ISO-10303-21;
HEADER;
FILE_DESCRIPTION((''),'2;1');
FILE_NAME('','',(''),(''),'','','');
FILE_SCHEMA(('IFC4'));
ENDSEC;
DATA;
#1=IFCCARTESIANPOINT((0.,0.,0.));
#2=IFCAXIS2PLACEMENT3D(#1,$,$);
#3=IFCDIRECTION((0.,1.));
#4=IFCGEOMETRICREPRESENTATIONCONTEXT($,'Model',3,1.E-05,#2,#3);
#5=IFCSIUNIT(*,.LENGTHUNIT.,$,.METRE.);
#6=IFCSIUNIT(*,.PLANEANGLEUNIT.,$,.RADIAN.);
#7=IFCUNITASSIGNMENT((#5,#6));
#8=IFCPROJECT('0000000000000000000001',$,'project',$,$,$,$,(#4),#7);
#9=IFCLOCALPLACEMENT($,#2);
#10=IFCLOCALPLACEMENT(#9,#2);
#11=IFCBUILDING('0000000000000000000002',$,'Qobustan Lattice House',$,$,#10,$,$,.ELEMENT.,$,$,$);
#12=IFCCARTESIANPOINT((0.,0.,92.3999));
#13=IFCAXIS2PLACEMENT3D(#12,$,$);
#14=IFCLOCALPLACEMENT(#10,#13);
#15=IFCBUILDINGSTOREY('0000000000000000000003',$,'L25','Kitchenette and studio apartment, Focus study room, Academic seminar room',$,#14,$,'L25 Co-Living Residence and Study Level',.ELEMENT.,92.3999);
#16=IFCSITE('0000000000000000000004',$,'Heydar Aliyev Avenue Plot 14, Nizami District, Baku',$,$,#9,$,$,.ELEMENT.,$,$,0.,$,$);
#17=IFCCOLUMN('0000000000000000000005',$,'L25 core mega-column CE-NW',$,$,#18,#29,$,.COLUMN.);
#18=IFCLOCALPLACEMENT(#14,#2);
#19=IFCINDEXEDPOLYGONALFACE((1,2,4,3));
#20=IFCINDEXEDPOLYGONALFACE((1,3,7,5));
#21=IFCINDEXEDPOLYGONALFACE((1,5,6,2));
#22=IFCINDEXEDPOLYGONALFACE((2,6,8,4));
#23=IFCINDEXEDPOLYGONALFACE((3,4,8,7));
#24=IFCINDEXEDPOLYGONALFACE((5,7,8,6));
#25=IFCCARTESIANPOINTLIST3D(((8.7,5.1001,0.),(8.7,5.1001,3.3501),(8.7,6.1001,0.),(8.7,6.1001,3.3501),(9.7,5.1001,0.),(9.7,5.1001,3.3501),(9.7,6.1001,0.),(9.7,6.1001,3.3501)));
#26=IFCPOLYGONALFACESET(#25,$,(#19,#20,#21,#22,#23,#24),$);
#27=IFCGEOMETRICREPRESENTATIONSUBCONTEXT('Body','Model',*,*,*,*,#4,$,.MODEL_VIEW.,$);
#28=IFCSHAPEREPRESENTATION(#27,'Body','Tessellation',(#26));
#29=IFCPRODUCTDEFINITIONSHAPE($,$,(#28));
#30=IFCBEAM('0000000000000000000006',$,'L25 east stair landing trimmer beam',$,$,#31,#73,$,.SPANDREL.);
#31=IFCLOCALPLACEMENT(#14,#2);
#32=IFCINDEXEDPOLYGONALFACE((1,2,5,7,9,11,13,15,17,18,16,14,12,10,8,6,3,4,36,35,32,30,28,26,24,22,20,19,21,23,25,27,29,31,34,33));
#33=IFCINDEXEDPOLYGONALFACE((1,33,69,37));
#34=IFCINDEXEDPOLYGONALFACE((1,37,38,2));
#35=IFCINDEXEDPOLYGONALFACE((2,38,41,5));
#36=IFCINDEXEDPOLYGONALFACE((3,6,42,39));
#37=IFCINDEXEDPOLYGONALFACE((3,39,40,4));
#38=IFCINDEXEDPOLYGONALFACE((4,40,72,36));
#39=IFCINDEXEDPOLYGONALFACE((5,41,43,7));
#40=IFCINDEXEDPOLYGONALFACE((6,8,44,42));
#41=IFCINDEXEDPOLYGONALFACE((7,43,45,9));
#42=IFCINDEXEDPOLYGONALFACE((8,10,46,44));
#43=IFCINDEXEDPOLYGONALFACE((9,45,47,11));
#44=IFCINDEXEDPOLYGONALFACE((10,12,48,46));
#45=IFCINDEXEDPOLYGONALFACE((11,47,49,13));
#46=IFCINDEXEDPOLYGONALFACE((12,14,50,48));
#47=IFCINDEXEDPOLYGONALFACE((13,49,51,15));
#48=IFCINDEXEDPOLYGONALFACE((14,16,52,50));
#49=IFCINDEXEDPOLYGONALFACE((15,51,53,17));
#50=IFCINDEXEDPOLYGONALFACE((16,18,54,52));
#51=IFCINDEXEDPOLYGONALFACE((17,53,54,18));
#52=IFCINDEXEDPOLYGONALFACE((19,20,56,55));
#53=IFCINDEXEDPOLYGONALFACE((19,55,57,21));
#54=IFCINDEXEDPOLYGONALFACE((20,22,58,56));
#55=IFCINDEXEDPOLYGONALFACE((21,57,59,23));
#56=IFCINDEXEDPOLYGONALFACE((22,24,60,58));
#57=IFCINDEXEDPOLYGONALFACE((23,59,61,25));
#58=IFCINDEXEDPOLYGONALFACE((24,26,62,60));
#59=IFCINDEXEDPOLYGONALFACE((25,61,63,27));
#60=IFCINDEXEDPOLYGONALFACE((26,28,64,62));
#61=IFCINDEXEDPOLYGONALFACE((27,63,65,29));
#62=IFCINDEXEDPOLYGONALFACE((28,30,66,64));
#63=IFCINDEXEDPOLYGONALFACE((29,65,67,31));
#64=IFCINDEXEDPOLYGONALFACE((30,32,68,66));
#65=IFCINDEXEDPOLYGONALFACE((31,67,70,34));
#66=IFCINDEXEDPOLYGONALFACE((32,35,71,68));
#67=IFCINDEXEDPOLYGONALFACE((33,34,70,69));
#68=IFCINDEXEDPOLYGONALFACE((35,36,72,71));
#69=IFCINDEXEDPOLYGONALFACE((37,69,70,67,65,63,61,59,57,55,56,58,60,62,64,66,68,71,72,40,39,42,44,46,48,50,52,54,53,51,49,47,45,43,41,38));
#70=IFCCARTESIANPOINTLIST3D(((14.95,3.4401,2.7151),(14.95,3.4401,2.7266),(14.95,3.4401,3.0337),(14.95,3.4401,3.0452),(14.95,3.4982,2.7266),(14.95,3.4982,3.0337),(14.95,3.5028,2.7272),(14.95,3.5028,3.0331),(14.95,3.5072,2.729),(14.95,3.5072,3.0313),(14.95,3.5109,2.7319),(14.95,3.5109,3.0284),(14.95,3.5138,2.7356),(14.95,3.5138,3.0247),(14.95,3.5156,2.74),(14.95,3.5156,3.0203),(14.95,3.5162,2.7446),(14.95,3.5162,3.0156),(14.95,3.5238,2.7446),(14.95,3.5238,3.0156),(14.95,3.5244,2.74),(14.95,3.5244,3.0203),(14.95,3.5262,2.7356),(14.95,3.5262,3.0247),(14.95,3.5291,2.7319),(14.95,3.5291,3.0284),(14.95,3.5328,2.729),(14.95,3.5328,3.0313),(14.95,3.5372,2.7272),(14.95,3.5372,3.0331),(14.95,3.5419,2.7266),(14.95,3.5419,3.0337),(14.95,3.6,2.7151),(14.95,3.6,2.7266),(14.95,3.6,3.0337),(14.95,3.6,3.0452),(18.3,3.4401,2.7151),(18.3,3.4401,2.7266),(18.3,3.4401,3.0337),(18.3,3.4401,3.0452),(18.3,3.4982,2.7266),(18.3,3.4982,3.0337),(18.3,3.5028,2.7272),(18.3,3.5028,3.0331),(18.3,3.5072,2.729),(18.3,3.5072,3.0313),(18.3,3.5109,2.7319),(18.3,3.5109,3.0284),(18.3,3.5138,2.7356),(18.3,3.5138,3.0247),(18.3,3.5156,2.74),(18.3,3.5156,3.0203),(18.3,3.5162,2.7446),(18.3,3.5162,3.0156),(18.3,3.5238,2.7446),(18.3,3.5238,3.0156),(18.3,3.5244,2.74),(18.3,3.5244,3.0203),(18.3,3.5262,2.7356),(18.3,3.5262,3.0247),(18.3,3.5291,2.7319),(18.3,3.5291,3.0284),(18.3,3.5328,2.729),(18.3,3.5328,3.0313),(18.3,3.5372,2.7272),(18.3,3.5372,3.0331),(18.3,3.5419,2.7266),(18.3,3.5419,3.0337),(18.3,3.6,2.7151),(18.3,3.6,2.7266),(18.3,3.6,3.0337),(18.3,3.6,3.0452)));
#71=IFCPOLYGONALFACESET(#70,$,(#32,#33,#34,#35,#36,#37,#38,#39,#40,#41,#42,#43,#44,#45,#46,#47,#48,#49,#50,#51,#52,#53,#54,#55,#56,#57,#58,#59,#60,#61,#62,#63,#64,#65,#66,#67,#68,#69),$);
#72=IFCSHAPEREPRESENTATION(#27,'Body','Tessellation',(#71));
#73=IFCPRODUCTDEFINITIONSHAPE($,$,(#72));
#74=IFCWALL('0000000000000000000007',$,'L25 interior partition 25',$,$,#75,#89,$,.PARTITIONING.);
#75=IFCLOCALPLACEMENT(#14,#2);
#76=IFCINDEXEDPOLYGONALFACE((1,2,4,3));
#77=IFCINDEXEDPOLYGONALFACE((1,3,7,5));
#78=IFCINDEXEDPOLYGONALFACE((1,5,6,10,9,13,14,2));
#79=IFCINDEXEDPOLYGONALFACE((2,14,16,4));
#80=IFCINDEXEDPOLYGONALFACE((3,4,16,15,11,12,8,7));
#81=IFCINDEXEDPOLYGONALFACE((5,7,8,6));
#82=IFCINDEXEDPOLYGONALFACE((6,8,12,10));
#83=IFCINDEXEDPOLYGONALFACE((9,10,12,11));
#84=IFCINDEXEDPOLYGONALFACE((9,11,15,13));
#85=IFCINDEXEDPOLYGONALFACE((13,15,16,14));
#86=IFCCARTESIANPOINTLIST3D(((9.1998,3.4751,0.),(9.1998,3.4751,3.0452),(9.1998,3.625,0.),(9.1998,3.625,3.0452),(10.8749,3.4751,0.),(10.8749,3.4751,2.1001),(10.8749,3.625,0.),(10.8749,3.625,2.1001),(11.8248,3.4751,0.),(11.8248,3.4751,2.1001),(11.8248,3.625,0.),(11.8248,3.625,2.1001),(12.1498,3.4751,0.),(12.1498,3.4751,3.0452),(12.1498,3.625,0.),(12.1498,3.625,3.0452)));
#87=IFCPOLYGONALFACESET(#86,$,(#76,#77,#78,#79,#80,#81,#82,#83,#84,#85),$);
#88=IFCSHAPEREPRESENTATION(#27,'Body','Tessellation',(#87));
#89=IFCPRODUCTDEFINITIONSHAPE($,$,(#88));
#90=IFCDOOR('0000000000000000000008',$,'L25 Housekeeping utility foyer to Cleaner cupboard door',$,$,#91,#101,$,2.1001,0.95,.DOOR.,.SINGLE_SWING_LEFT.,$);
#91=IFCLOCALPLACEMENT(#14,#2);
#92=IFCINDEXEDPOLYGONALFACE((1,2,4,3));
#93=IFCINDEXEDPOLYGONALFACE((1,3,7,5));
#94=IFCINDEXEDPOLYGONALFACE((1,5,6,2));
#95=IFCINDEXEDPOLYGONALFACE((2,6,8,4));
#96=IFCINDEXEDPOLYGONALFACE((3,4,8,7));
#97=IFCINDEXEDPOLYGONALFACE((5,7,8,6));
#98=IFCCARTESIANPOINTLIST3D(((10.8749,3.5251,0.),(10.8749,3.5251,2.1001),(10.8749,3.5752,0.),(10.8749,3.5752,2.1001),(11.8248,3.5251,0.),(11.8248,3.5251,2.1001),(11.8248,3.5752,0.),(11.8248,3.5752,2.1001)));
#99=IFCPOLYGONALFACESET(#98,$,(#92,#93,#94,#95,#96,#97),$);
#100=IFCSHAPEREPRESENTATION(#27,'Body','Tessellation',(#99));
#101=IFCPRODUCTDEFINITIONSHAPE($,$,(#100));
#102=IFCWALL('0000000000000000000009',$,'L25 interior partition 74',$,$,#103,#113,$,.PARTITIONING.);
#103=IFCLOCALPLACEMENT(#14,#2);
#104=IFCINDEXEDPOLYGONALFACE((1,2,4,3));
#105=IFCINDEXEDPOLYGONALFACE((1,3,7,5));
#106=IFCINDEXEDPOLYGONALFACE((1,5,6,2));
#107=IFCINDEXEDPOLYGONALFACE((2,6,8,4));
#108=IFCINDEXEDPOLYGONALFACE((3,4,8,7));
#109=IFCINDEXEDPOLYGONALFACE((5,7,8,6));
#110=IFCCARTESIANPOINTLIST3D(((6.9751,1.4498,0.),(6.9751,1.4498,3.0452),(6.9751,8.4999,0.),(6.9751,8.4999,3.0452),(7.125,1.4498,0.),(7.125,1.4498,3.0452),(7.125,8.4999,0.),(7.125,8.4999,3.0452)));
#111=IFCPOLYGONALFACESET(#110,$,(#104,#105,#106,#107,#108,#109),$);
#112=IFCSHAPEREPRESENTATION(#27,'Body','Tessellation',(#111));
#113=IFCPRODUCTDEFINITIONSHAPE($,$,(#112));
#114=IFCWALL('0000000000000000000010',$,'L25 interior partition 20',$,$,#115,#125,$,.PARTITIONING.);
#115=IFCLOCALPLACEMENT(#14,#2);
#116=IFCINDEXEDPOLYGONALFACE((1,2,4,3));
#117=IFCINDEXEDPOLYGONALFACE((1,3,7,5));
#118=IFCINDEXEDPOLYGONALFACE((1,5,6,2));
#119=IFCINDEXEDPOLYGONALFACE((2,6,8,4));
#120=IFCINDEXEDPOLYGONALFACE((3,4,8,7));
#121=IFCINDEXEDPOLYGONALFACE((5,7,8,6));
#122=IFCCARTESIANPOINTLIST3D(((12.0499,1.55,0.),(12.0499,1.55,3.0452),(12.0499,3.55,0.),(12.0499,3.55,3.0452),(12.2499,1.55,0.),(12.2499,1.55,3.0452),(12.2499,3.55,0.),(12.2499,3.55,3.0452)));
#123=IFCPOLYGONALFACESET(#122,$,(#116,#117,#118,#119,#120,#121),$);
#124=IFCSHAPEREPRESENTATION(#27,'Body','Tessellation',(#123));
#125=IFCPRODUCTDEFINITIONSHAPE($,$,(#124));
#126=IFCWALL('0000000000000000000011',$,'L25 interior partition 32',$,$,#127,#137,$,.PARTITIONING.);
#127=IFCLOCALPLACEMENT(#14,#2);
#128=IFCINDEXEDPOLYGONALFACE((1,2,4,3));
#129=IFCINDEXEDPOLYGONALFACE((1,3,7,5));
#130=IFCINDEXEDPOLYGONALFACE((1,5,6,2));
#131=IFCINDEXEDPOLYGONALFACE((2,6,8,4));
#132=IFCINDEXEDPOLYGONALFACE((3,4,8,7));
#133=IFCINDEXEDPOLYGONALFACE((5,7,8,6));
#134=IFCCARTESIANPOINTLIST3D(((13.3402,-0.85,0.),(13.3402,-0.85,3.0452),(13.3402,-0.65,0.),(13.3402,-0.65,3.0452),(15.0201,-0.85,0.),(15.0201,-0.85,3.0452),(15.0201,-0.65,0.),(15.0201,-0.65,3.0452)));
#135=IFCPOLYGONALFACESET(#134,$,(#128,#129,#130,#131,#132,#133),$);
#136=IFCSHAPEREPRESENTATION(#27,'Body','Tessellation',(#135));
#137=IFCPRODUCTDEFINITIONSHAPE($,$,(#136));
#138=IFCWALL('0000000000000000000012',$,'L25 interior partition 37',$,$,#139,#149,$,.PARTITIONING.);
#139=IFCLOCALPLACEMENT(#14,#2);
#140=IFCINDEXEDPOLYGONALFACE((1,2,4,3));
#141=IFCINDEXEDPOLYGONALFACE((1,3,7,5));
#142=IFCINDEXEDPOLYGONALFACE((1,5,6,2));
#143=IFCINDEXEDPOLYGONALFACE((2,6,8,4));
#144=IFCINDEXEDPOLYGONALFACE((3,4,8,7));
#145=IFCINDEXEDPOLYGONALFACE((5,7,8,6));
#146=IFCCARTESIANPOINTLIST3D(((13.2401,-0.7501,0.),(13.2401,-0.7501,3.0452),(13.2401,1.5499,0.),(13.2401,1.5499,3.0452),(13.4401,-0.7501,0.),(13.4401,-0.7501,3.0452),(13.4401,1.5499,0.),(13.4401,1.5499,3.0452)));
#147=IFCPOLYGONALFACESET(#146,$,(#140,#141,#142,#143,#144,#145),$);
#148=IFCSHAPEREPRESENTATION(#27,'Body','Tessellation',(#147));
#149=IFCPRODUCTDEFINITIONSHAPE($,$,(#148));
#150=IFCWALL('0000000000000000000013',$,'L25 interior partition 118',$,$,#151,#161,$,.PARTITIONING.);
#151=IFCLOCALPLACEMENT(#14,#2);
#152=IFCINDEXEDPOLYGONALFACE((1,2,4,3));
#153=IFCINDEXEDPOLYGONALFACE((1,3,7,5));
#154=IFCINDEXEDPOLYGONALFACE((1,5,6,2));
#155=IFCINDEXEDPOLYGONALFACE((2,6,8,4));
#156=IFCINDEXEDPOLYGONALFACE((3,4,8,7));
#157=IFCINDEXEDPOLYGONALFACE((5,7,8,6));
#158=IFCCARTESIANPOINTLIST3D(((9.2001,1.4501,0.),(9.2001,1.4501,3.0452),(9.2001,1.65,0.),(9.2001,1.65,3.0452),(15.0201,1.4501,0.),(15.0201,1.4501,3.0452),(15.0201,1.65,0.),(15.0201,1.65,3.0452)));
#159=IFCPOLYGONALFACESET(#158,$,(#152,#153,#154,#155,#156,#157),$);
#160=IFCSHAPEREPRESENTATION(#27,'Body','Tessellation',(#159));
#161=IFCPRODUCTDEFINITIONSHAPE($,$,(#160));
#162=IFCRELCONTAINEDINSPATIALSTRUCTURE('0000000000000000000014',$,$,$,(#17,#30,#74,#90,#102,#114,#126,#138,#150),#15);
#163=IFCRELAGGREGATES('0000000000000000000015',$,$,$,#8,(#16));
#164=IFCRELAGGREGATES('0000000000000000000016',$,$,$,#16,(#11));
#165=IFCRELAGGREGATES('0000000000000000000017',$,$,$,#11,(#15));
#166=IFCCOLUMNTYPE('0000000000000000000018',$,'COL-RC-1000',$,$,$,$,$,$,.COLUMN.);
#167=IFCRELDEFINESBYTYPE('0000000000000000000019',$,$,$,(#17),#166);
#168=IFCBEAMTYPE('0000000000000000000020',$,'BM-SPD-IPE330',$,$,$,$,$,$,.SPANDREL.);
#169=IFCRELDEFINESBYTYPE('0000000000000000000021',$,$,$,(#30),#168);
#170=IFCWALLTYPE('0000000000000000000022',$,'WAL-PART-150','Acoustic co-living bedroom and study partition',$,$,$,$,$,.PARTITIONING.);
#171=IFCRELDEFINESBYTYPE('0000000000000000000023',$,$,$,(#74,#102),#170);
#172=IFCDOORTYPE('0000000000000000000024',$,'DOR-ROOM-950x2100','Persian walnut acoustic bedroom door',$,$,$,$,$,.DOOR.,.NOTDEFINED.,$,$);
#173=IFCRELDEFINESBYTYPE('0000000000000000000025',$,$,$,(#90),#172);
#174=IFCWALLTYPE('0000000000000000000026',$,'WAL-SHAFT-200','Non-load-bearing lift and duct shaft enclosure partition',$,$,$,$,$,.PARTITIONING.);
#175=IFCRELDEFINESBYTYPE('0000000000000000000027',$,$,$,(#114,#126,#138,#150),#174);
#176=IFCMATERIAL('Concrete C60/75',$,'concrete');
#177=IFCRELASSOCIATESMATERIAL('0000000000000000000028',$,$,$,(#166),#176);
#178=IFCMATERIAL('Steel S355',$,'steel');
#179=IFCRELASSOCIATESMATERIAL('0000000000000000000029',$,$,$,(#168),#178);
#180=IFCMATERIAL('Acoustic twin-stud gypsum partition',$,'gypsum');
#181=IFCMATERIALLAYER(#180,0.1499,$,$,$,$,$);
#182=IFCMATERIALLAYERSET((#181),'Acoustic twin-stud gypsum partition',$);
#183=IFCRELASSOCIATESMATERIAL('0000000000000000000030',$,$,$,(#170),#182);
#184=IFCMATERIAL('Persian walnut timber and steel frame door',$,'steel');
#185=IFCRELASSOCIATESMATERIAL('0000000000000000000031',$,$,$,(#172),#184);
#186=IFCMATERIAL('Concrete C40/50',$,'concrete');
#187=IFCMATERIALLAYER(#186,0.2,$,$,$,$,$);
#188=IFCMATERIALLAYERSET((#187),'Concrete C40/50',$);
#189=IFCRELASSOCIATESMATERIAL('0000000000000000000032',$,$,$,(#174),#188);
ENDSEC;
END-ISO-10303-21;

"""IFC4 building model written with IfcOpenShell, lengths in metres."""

from ifc_helpers import new_model, si_unit, direction, frame, frame_2d, origin, origin_2d, place, context, subcontext, project, spatial, rectangle, i_section, extrude, material, layer, layer_set, material_profile, profile_set, type_object, element, fill, save


model = new_model("IFC4")

# Units and contexts
model_context = context("Model", 3, precision=1e-05, world=origin(), true_north=direction((0.0, 1.0)))
body_context = subcontext(model_context, "Body", "Model", "MODEL_VIEW")
ifc_project = project(units=[si_unit("LENGTHUNIT", "METRE"), si_unit("PLANEANGLEUNIT", "RADIAN")], contexts=[model_context])

# Site, building, storey
site_placement = place(None, origin())
site = spatial("IfcSite", under=ifc_project, at=site_placement, Name="Heydar Aliyev Avenue Plot 14, Nizami District, Baku", CompositionType="ELEMENT", RefElevation=0.0)
building_placement = place(site_placement, origin())
building = spatial("IfcBuilding", under=site, at=building_placement, Name="Qobustan Lattice House", CompositionType="ELEMENT")
storey_placement = place(building_placement, frame((0.0, 0.0, 92.3999)))
storey = spatial("IfcBuildingStorey", under=building, at=storey_placement, Name="L25", Description="Kitchenette and studio apartment, Focus study room, Academic seminar room", LongName="L25 Co-Living Residence and Study Level", CompositionType="ELEMENT", Elevation=92.3999)

# Column
ifc_material_1 = material(Name="Concrete C60/75", Category="concrete")
ifc_material_profile_1 = material_profile(ifc_material_1, rectangle(XDim=1.0, YDim=1.0, at=origin_2d()), Name="RC1000x1000")
ifc_profile_set_1 = profile_set([ifc_material_profile_1], Name="Concrete C60/75")
column_type = type_object("IfcColumnType", Name="COL-RC-1000", PredefinedType="COLUMN", material=ifc_profile_set_1)
column_placement = place(storey_placement, frame((9.2, 5.6001, 0.0), z_axis=(0.0, 0.0, 1.0), x_axis=(1.0, 0.0, 0.0)))
element("IfcColumn", 1, at=column_placement, inside=storey, type_object=column_type, Name="L25 core mega-column CE-NW", PredefinedType="COLUMN", context=body_context, shape_type="SweptSolid", body=[
    extrude(rectangle(XDim=1.0, YDim=1.0, at=origin_2d()), origin(), (0.0, 0.0, 1.0), 3.3501),
])

# Beam
ifc_material_2 = material(Name="Steel S355", Category="steel")
ifc_material_profile_2 = material_profile(ifc_material_2, i_section(OverallWidth=0.1599, OverallDepth=0.3301, WebThickness=0.0076, FlangeThickness=0.0115, FilletRadius=0.0181, at=origin_2d()), Name="IPE330")
ifc_profile_set_2 = profile_set([ifc_material_profile_2], Name="Steel S355")
beam_type = type_object("IfcBeamType", Name="BM-SPD-IPE330", PredefinedType="SPANDREL", material=ifc_profile_set_2)
beam_placement = place(storey_placement, frame((14.95, 3.52, 2.8801), z_axis=(1.0, 0.0, 0.0), x_axis=(0.0, 1.0, 0.0)))
element("IfcBeam", 2, at=beam_placement, inside=storey, type_object=beam_type, Name="L25 east stair landing trimmer beam", PredefinedType="SPANDREL", context=body_context, shape_type="SweptSolid", body=[
    extrude(i_section(OverallWidth=0.1599, OverallDepth=0.3301, WebThickness=0.0076, FlangeThickness=0.0115, FilletRadius=0.0181, at=origin_2d()), origin(), (0.0, 0.0, 1.0), 3.3501),
])

# Wall, opening, door
ifc_material_3 = material(Name="Acoustic twin-stud gypsum partition", Category="gypsum")
ifc_layer_1 = layer(ifc_material_3, 0.1499)
ifc_layer_set_1 = layer_set([ifc_layer_1], Name="Acoustic twin-stud gypsum partition")
wall_type_1 = type_object("IfcWallType", Name="WAL-PART-150", Description="Acoustic co-living bedroom and study partition", PredefinedType="PARTITIONING", material=ifc_layer_set_1)
wall_1_placement = place(storey_placement, frame((12.1499, 3.55, 0.0), z_axis=(0.0, 0.0, 1.0), x_axis=(-1.0, 0.0, 0.0)))
wall_1 = element("IfcWall", 3, at=wall_1_placement, inside=storey, type_object=wall_type_1, Name="L25 interior partition 25", PredefinedType="PARTITIONING", context=body_context, shape_type="SweptSolid", body=[
    extrude(rectangle(XDim=2.95, YDim=0.1499, at=frame_2d((1.4751, 0.0))), origin(), (0.0, 0.0, 1.0), 3.0452),
])
opening_1_placement = place(wall_1_placement, frame((0.325, 0.0, 0.0)))
opening_1 = element("IfcOpeningElement", 4, at=opening_1_placement, cuts=wall_1, PredefinedType="OPENING", context=body_context, shape_type="SweptSolid", body=[
    extrude(rectangle(XDim=0.95, YDim=2.1001, at=frame_2d((0.4751, 1.05))), frame((0.0, 0.085, 0.0), z_axis=(0.0, -1.0, 0.0), x_axis=(1.0, 0.0, 0.0)), (0.0, 0.0, 1.0), 0.1699),
])
ifc_material_4 = material(Name="Persian walnut timber and steel frame door", Category="steel")
door_type_1 = type_object("IfcDoorType", Name="DOR-ROOM-950x2100", Description="Persian walnut acoustic bedroom door", OperationType="NOTDEFINED", PredefinedType="DOOR", material=ifc_material_4)
door_1_placement = place(opening_1_placement, origin())
door_1 = element("IfcDoor", 5, at=door_1_placement, inside=storey, type_object=door_type_1, Name="L25 Housekeeping utility foyer to Cleaner cupboard door", OperationType="SINGLE_SWING_LEFT", OverallHeight=2.1001, OverallWidth=0.95, PredefinedType="DOOR", context=body_context, shape_type="SweptSolid", body=[
    extrude(rectangle(XDim=0.95, YDim=2.1001, at=frame_2d((0.4751, 1.05))), frame((0.0, 0.0249, 0.0), z_axis=(0.0, -1.0, 0.0), x_axis=(1.0, 0.0, 0.0)), (0.0, 0.0, 1.0), 0.05),
])
fill(opening_1, door_1)

# Walls
wall_2_placement = place(storey_placement, frame((7.05, 1.45, 0.0), z_axis=(0.0, 0.0, 1.0), x_axis=(0.0, 1.0, 0.0)))
element("IfcWall", 6, at=wall_2_placement, inside=storey, type_object=wall_type_1, Name="L25 interior partition 74", PredefinedType="PARTITIONING", context=body_context, shape_type="SweptSolid", body=[
    extrude(rectangle(XDim=7.05, YDim=0.1499, at=frame_2d((3.5249, 0.0))), origin(), (0.0, 0.0, 1.0), 3.0452),
])
ifc_material_5 = material(Name="Concrete C40/50", Category="concrete")
ifc_layer_2 = layer(ifc_material_5, 0.2)
ifc_layer_set_2 = layer_set([ifc_layer_2], Name="Concrete C40/50")
wall_type_2 = type_object("IfcWallType", Name="WAL-SHAFT-200", Description="Non-load-bearing lift and duct shaft enclosure partition", PredefinedType="PARTITIONING", material=ifc_layer_set_2)
wall_3_placement = place(storey_placement, frame((12.1499, 3.55, 0.0), z_axis=(0.0, 0.0, 1.0), x_axis=(0.0, -1.0, 0.0)))
element("IfcWall", 7, at=wall_3_placement, inside=storey, type_object=wall_type_2, Name="L25 interior partition 20", PredefinedType="PARTITIONING", context=body_context, shape_type="SweptSolid", body=[
    extrude(rectangle(XDim=2.0, YDim=0.2, at=frame_2d((1.0, 0.0))), origin(), (0.0, 0.0, 1.0), 3.0452),
])
wall_4_placement = place(storey_placement, frame((15.02, -0.75, 0.0), z_axis=(0.0, 0.0, 1.0), x_axis=(-1.0, 0.0, 0.0)))
element("IfcWall", 8, at=wall_4_placement, inside=storey, type_object=wall_type_2, Name="L25 interior partition 32", PredefinedType="PARTITIONING", context=body_context, shape_type="SweptSolid", body=[
    extrude(rectangle(XDim=1.6799, YDim=0.2, at=frame_2d((0.8398, 0.0))), origin(), (0.0, 0.0, 1.0), 3.0452),
])
wall_5_placement = place(storey_placement, frame((13.3401, -0.75, 0.0), z_axis=(0.0, 0.0, 1.0), x_axis=(0.0, 1.0, 0.0)))
element("IfcWall", 9, at=wall_5_placement, inside=storey, type_object=wall_type_2, Name="L25 interior partition 37", PredefinedType="PARTITIONING", context=body_context, shape_type="SweptSolid", body=[
    extrude(rectangle(XDim=2.3, YDim=0.2, at=frame_2d((1.1499, 0.0))), origin(), (0.0, 0.0, 1.0), 3.0452),
])
wall_6_placement = place(storey_placement, frame((9.2, 1.55, 0.0), z_axis=(0.0, 0.0, 1.0), x_axis=(1.0, 0.0, 0.0)))
element("IfcWall", 10, at=wall_6_placement, inside=storey, type_object=wall_type_2, Name="L25 interior partition 118", PredefinedType="PARTITIONING", context=body_context, shape_type="SweptSolid", body=[
    extrude(rectangle(XDim=5.8201, YDim=0.2, at=frame_2d((2.9102, 0.0))), origin(), (0.0, 0.0, 1.0), 3.0452),
])

save(model, "model.ifc")
